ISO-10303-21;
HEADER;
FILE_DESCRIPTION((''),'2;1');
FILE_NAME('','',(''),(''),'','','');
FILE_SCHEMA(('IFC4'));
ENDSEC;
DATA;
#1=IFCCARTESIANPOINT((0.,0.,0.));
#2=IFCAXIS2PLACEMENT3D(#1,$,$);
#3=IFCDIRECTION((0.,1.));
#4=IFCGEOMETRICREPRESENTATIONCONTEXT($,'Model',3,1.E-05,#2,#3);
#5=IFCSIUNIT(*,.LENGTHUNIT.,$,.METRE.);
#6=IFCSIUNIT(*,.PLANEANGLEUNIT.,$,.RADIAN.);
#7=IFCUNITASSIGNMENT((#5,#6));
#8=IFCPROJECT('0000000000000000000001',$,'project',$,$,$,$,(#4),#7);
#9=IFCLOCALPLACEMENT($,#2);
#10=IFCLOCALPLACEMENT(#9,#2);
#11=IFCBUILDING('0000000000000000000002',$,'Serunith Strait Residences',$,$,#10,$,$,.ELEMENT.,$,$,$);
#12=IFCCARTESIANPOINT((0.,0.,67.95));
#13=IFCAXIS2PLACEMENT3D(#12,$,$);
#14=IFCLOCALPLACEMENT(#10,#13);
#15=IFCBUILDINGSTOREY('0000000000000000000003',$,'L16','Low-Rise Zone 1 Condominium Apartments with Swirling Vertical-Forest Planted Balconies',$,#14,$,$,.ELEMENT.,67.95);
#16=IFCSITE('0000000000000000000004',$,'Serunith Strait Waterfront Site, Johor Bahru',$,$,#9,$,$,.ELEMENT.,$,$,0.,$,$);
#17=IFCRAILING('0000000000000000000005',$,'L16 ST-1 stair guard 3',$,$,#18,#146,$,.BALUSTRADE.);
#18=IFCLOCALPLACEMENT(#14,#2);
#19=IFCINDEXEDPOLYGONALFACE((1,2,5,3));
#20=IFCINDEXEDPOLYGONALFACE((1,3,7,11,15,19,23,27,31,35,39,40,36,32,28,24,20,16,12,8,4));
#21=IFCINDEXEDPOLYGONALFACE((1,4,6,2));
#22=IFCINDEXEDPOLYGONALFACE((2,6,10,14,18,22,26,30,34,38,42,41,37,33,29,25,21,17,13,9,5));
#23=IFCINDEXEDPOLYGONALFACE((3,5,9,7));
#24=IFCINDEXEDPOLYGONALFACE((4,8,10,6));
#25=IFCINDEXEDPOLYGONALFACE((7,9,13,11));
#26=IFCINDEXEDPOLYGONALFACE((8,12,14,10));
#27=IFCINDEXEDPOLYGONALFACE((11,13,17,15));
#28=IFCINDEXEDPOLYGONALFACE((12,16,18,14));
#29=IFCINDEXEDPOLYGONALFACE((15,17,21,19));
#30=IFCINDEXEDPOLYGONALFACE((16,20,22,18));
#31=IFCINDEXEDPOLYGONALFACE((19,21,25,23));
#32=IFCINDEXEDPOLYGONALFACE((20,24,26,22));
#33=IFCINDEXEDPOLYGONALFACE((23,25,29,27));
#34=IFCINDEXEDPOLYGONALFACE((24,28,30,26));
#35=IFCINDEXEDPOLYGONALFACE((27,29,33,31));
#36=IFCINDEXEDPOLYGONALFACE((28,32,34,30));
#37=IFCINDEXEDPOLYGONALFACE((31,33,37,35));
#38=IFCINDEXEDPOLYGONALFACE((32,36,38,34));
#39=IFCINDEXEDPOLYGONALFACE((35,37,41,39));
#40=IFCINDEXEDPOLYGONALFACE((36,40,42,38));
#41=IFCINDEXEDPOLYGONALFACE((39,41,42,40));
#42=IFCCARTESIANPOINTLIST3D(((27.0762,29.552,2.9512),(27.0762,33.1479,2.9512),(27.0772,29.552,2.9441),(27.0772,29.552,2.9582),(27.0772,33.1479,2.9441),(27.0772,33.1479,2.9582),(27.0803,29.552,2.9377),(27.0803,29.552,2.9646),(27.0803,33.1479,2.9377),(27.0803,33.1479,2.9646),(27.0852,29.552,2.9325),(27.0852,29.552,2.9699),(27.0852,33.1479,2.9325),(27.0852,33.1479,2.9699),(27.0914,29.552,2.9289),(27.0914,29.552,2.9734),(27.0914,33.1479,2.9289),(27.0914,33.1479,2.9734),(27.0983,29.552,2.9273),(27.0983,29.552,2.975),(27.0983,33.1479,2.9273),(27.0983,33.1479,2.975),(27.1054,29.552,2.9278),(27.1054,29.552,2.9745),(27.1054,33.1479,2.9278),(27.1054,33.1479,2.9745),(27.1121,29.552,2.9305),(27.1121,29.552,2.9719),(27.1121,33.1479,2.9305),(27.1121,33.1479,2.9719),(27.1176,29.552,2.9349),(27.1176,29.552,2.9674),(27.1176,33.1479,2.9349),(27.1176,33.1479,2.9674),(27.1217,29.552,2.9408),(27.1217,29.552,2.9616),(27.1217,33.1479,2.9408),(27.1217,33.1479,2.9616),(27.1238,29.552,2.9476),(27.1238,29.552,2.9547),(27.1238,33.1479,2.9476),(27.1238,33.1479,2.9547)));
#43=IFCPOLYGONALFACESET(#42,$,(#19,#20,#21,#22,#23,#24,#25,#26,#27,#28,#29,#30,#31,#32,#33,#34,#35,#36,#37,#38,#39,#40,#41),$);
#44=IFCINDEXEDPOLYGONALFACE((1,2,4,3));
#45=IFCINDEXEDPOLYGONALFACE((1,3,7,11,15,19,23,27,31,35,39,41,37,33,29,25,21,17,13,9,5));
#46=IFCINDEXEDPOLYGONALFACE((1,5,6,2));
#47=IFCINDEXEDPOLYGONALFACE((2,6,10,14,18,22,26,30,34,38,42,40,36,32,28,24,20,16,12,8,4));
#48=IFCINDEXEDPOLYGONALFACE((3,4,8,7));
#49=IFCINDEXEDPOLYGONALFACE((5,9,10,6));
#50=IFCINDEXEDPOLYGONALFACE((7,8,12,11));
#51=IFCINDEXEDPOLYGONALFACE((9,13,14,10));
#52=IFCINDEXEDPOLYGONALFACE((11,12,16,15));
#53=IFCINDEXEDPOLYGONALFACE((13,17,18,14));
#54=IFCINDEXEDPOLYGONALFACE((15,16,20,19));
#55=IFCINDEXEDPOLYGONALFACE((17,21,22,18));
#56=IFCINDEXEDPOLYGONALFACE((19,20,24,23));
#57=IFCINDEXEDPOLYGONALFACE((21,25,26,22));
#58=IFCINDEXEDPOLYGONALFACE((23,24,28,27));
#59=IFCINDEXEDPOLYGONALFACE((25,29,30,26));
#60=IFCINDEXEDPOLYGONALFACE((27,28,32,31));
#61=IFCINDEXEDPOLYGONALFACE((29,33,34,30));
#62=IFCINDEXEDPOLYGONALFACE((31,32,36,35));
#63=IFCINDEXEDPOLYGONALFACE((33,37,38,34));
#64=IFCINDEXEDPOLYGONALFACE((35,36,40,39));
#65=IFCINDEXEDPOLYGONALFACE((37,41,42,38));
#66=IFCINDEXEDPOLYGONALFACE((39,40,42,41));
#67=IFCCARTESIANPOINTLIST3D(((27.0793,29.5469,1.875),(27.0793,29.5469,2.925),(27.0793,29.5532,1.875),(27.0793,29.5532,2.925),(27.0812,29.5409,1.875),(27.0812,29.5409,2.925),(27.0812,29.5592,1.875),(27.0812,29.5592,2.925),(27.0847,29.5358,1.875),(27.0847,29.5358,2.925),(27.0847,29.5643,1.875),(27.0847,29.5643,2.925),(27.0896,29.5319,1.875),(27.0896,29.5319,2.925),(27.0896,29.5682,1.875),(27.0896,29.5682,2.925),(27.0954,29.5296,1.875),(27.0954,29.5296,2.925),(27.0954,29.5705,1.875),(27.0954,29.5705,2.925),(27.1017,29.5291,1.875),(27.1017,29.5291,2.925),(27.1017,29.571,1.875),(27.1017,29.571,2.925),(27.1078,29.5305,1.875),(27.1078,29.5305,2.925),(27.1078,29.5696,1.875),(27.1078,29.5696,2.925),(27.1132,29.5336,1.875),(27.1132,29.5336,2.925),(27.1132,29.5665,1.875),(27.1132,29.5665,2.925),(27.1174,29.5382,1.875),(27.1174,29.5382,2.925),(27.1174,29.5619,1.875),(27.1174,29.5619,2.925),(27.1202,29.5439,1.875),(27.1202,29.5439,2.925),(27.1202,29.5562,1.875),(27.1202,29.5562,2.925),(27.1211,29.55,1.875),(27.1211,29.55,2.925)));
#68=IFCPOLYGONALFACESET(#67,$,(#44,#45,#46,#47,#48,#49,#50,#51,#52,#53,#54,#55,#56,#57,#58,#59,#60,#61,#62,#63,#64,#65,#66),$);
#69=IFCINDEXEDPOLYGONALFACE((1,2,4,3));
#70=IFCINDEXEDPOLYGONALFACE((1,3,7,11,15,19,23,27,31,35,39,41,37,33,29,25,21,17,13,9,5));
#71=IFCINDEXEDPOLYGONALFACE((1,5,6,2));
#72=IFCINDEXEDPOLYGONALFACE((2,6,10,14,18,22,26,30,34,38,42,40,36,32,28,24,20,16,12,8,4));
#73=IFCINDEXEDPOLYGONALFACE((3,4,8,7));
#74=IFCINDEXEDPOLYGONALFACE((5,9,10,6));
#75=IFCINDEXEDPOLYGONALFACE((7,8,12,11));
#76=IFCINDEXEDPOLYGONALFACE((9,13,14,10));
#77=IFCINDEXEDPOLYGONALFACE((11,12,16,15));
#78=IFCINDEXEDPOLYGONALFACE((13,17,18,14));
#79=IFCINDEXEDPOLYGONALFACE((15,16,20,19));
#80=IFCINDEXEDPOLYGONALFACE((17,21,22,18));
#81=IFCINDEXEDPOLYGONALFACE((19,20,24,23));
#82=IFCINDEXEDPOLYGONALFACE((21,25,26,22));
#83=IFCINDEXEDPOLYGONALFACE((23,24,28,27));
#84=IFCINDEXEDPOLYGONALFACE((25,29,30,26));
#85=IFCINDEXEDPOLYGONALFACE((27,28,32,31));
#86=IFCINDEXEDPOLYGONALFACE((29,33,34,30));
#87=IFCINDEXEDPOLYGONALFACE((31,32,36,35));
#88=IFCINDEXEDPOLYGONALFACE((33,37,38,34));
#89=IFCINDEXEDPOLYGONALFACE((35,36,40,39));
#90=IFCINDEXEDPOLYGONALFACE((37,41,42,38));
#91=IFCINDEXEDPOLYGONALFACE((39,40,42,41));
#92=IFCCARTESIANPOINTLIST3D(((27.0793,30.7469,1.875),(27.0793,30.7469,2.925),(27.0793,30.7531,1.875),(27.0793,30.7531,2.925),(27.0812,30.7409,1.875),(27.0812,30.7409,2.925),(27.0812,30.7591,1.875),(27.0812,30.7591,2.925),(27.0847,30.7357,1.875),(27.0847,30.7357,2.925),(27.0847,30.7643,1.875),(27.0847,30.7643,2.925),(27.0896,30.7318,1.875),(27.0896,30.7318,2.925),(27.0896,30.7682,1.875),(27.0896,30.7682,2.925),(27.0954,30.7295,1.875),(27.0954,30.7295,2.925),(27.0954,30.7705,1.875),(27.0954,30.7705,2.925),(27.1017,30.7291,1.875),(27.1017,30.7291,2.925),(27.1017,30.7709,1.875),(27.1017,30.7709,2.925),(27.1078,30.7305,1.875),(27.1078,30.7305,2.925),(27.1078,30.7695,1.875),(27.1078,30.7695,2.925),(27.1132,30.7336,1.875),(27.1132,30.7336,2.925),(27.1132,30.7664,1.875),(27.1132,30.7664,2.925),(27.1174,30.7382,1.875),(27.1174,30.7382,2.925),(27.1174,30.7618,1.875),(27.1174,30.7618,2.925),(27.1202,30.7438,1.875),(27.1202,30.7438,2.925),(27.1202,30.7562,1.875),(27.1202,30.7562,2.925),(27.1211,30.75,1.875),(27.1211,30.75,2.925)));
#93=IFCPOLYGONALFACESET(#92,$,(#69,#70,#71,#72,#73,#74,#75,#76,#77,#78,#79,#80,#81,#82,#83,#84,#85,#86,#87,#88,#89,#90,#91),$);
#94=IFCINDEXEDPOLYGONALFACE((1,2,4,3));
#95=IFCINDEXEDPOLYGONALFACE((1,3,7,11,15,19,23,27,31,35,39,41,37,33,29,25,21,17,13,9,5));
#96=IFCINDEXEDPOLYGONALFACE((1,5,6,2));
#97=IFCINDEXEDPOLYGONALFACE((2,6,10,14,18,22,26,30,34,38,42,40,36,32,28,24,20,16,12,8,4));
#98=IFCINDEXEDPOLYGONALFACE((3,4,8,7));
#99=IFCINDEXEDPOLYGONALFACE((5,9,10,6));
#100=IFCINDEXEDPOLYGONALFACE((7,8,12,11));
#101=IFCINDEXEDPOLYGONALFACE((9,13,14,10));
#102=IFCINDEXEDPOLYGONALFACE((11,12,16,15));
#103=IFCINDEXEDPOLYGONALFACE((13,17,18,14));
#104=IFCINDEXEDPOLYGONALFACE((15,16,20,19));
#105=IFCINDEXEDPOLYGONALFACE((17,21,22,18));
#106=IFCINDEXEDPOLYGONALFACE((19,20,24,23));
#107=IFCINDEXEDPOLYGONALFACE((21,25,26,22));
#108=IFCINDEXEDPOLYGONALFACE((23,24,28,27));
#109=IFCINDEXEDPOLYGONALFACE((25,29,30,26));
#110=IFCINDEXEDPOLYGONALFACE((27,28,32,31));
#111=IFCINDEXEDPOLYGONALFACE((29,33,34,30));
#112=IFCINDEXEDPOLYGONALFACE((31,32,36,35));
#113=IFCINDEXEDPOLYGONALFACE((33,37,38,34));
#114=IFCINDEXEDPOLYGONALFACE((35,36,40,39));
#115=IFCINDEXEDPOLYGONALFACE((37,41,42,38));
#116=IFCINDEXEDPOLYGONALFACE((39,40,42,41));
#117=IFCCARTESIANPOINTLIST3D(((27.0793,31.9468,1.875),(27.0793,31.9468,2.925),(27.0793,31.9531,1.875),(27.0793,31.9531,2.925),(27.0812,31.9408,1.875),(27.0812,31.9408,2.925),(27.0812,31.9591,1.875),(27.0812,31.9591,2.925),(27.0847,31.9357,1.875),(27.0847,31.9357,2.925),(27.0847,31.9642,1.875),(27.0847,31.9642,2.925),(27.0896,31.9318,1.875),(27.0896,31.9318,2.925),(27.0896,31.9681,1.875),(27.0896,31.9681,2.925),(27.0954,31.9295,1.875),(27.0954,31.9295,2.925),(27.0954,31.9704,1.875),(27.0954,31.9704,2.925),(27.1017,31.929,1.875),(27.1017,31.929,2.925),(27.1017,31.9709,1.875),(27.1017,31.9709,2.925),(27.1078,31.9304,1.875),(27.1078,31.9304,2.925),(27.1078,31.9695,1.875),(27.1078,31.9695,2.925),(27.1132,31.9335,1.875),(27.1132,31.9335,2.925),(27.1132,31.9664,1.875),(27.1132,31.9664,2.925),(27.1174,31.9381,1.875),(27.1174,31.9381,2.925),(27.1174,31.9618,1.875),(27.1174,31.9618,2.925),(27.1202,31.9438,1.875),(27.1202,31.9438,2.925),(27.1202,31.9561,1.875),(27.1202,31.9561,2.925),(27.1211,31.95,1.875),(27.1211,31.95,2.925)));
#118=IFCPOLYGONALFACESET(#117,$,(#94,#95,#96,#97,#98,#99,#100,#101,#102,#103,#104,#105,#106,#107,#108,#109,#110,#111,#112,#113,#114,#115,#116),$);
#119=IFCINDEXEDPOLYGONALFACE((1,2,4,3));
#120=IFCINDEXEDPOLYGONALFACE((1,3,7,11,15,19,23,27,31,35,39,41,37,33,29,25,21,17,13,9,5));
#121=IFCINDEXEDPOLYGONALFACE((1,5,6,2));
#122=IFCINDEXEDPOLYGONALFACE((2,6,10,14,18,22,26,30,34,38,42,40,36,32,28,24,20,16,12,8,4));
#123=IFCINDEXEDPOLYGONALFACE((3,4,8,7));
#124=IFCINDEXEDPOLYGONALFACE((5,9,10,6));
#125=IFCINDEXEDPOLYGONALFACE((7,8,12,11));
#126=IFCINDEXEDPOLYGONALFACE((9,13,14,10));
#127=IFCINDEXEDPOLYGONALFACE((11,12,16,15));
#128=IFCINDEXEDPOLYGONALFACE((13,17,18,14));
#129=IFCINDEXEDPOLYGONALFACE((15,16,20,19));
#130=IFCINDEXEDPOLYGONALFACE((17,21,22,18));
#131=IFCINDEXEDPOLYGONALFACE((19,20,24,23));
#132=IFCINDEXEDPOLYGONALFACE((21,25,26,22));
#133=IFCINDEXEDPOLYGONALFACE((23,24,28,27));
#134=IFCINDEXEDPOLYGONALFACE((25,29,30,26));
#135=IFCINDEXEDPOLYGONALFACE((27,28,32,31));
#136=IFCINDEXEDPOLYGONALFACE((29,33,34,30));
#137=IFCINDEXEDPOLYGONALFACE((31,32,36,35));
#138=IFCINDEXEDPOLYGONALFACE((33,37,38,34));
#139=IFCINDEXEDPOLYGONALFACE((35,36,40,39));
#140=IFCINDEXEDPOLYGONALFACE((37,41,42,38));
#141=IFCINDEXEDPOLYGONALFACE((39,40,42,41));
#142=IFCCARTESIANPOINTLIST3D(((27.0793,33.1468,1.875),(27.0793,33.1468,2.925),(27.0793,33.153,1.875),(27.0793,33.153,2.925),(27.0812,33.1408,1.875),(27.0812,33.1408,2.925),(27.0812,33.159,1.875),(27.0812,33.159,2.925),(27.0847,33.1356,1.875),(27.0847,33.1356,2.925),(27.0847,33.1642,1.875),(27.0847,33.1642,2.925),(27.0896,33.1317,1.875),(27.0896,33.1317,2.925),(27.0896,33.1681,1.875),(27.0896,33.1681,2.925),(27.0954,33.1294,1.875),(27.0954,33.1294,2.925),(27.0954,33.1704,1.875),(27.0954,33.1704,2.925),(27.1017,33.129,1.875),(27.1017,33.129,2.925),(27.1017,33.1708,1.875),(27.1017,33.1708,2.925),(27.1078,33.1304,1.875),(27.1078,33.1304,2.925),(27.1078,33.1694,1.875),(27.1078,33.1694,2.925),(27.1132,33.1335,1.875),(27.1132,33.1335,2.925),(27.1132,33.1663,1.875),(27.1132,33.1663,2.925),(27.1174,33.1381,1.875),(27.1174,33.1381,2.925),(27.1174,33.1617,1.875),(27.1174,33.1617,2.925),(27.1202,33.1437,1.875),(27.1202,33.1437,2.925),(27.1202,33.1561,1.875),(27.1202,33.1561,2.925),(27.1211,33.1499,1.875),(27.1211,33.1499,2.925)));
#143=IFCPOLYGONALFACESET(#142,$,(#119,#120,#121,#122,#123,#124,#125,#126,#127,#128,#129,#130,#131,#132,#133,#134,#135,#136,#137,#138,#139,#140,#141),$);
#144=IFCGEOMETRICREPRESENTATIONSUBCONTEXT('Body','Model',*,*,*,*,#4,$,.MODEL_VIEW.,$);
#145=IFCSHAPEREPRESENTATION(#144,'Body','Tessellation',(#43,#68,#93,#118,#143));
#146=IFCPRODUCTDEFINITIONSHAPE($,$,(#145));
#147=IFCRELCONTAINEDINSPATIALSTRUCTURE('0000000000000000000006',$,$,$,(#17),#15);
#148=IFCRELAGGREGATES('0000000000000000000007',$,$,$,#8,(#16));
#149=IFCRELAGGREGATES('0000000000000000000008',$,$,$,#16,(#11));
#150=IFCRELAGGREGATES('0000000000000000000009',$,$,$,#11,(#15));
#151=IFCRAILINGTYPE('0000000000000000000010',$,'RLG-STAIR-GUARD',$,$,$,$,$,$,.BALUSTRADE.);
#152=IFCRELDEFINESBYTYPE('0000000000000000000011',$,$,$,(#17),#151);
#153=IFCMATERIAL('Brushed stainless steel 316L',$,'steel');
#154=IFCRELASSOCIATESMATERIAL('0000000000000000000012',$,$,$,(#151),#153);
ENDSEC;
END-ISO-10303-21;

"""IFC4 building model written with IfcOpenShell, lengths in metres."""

from ifc_helpers import new_model, si_unit, direction, frame, origin, origin_2d, place, context, subcontext, project, spatial, circle, extrude, material, type_object, element, save


model = new_model("IFC4")

# Units and contexts
model_context = context("Model", 3, precision=1e-05, world=origin(), true_north=direction((0.0, 1.0)))
body_context = subcontext(model_context, "Body", "Model", "MODEL_VIEW")
ifc_project = project(units=[si_unit("LENGTHUNIT", "METRE"), si_unit("PLANEANGLEUNIT", "RADIAN")], contexts=[model_context])

# Site, building, storey
site_placement = place(None, origin())
site = spatial("IfcSite", under=ifc_project, at=site_placement, Name="Serunith Strait Waterfront Site, Johor Bahru", CompositionType="ELEMENT", RefElevation=0.0)
building_placement = place(site_placement, origin())
building = spatial("IfcBuilding", under=site, at=building_placement, Name="Serunith Strait Residences", CompositionType="ELEMENT")
storey_placement = place(building_placement, frame((0.0, 0.0, 67.95)))
storey = spatial("IfcBuildingStorey", under=building, at=storey_placement, Name="L16", Description="Low-Rise Zone 1 Condominium Apartments with Swirling Vertical-Forest Planted Balconies", CompositionType="ELEMENT", Elevation=67.95)

# Railing
ifc_material_1 = material(Name="Brushed stainless steel 316L", Category="steel")
railing_type_1 = type_object("IfcRailingType", Name="RLG-STAIR-GUARD", PredefinedType="BALUSTRADE", material=ifc_material_1)
for number, where, name in (
    (1, (27.1001, 29.55, 1.875), "L16 ST-1 stair guard 3"),
):
    element("IfcRailing", number, at=place(storey_placement, frame(where)), inside=storey, type_object=railing_type_1, Name=name, PredefinedType="BALUSTRADE", context=body_context, shape_type="SweptSolid", body=[
        extrude(circle(Radius=0.0239, at=origin_2d()), frame((0.0, 0.002, 1.0762), z_axis=(0.0, 1.0, 0.0), x_axis=(-1.0, 0.0, 0.0)), (0.0, 0.0, 1.0), 3.5959),
        extrude(circle(Radius=0.021, at=origin_2d()), origin(), (0.0, 0.0, 1.0), 1.05),
        extrude(circle(Radius=0.021, at=origin_2d()), frame((0.0, 1.2, 0.0)), (0.0, 0.0, 1.0), 1.05),
        extrude(circle(Radius=0.021, at=origin_2d()), frame((0.0, 2.3999, 0.0)), (0.0, 0.0, 1.0), 1.05),
        extrude(circle(Radius=0.021, at=origin_2d()), frame((0.0, 3.5999, 0.0)), (0.0, 0.0, 1.0), 1.05),
    ])

save(model, "model.ifc")
